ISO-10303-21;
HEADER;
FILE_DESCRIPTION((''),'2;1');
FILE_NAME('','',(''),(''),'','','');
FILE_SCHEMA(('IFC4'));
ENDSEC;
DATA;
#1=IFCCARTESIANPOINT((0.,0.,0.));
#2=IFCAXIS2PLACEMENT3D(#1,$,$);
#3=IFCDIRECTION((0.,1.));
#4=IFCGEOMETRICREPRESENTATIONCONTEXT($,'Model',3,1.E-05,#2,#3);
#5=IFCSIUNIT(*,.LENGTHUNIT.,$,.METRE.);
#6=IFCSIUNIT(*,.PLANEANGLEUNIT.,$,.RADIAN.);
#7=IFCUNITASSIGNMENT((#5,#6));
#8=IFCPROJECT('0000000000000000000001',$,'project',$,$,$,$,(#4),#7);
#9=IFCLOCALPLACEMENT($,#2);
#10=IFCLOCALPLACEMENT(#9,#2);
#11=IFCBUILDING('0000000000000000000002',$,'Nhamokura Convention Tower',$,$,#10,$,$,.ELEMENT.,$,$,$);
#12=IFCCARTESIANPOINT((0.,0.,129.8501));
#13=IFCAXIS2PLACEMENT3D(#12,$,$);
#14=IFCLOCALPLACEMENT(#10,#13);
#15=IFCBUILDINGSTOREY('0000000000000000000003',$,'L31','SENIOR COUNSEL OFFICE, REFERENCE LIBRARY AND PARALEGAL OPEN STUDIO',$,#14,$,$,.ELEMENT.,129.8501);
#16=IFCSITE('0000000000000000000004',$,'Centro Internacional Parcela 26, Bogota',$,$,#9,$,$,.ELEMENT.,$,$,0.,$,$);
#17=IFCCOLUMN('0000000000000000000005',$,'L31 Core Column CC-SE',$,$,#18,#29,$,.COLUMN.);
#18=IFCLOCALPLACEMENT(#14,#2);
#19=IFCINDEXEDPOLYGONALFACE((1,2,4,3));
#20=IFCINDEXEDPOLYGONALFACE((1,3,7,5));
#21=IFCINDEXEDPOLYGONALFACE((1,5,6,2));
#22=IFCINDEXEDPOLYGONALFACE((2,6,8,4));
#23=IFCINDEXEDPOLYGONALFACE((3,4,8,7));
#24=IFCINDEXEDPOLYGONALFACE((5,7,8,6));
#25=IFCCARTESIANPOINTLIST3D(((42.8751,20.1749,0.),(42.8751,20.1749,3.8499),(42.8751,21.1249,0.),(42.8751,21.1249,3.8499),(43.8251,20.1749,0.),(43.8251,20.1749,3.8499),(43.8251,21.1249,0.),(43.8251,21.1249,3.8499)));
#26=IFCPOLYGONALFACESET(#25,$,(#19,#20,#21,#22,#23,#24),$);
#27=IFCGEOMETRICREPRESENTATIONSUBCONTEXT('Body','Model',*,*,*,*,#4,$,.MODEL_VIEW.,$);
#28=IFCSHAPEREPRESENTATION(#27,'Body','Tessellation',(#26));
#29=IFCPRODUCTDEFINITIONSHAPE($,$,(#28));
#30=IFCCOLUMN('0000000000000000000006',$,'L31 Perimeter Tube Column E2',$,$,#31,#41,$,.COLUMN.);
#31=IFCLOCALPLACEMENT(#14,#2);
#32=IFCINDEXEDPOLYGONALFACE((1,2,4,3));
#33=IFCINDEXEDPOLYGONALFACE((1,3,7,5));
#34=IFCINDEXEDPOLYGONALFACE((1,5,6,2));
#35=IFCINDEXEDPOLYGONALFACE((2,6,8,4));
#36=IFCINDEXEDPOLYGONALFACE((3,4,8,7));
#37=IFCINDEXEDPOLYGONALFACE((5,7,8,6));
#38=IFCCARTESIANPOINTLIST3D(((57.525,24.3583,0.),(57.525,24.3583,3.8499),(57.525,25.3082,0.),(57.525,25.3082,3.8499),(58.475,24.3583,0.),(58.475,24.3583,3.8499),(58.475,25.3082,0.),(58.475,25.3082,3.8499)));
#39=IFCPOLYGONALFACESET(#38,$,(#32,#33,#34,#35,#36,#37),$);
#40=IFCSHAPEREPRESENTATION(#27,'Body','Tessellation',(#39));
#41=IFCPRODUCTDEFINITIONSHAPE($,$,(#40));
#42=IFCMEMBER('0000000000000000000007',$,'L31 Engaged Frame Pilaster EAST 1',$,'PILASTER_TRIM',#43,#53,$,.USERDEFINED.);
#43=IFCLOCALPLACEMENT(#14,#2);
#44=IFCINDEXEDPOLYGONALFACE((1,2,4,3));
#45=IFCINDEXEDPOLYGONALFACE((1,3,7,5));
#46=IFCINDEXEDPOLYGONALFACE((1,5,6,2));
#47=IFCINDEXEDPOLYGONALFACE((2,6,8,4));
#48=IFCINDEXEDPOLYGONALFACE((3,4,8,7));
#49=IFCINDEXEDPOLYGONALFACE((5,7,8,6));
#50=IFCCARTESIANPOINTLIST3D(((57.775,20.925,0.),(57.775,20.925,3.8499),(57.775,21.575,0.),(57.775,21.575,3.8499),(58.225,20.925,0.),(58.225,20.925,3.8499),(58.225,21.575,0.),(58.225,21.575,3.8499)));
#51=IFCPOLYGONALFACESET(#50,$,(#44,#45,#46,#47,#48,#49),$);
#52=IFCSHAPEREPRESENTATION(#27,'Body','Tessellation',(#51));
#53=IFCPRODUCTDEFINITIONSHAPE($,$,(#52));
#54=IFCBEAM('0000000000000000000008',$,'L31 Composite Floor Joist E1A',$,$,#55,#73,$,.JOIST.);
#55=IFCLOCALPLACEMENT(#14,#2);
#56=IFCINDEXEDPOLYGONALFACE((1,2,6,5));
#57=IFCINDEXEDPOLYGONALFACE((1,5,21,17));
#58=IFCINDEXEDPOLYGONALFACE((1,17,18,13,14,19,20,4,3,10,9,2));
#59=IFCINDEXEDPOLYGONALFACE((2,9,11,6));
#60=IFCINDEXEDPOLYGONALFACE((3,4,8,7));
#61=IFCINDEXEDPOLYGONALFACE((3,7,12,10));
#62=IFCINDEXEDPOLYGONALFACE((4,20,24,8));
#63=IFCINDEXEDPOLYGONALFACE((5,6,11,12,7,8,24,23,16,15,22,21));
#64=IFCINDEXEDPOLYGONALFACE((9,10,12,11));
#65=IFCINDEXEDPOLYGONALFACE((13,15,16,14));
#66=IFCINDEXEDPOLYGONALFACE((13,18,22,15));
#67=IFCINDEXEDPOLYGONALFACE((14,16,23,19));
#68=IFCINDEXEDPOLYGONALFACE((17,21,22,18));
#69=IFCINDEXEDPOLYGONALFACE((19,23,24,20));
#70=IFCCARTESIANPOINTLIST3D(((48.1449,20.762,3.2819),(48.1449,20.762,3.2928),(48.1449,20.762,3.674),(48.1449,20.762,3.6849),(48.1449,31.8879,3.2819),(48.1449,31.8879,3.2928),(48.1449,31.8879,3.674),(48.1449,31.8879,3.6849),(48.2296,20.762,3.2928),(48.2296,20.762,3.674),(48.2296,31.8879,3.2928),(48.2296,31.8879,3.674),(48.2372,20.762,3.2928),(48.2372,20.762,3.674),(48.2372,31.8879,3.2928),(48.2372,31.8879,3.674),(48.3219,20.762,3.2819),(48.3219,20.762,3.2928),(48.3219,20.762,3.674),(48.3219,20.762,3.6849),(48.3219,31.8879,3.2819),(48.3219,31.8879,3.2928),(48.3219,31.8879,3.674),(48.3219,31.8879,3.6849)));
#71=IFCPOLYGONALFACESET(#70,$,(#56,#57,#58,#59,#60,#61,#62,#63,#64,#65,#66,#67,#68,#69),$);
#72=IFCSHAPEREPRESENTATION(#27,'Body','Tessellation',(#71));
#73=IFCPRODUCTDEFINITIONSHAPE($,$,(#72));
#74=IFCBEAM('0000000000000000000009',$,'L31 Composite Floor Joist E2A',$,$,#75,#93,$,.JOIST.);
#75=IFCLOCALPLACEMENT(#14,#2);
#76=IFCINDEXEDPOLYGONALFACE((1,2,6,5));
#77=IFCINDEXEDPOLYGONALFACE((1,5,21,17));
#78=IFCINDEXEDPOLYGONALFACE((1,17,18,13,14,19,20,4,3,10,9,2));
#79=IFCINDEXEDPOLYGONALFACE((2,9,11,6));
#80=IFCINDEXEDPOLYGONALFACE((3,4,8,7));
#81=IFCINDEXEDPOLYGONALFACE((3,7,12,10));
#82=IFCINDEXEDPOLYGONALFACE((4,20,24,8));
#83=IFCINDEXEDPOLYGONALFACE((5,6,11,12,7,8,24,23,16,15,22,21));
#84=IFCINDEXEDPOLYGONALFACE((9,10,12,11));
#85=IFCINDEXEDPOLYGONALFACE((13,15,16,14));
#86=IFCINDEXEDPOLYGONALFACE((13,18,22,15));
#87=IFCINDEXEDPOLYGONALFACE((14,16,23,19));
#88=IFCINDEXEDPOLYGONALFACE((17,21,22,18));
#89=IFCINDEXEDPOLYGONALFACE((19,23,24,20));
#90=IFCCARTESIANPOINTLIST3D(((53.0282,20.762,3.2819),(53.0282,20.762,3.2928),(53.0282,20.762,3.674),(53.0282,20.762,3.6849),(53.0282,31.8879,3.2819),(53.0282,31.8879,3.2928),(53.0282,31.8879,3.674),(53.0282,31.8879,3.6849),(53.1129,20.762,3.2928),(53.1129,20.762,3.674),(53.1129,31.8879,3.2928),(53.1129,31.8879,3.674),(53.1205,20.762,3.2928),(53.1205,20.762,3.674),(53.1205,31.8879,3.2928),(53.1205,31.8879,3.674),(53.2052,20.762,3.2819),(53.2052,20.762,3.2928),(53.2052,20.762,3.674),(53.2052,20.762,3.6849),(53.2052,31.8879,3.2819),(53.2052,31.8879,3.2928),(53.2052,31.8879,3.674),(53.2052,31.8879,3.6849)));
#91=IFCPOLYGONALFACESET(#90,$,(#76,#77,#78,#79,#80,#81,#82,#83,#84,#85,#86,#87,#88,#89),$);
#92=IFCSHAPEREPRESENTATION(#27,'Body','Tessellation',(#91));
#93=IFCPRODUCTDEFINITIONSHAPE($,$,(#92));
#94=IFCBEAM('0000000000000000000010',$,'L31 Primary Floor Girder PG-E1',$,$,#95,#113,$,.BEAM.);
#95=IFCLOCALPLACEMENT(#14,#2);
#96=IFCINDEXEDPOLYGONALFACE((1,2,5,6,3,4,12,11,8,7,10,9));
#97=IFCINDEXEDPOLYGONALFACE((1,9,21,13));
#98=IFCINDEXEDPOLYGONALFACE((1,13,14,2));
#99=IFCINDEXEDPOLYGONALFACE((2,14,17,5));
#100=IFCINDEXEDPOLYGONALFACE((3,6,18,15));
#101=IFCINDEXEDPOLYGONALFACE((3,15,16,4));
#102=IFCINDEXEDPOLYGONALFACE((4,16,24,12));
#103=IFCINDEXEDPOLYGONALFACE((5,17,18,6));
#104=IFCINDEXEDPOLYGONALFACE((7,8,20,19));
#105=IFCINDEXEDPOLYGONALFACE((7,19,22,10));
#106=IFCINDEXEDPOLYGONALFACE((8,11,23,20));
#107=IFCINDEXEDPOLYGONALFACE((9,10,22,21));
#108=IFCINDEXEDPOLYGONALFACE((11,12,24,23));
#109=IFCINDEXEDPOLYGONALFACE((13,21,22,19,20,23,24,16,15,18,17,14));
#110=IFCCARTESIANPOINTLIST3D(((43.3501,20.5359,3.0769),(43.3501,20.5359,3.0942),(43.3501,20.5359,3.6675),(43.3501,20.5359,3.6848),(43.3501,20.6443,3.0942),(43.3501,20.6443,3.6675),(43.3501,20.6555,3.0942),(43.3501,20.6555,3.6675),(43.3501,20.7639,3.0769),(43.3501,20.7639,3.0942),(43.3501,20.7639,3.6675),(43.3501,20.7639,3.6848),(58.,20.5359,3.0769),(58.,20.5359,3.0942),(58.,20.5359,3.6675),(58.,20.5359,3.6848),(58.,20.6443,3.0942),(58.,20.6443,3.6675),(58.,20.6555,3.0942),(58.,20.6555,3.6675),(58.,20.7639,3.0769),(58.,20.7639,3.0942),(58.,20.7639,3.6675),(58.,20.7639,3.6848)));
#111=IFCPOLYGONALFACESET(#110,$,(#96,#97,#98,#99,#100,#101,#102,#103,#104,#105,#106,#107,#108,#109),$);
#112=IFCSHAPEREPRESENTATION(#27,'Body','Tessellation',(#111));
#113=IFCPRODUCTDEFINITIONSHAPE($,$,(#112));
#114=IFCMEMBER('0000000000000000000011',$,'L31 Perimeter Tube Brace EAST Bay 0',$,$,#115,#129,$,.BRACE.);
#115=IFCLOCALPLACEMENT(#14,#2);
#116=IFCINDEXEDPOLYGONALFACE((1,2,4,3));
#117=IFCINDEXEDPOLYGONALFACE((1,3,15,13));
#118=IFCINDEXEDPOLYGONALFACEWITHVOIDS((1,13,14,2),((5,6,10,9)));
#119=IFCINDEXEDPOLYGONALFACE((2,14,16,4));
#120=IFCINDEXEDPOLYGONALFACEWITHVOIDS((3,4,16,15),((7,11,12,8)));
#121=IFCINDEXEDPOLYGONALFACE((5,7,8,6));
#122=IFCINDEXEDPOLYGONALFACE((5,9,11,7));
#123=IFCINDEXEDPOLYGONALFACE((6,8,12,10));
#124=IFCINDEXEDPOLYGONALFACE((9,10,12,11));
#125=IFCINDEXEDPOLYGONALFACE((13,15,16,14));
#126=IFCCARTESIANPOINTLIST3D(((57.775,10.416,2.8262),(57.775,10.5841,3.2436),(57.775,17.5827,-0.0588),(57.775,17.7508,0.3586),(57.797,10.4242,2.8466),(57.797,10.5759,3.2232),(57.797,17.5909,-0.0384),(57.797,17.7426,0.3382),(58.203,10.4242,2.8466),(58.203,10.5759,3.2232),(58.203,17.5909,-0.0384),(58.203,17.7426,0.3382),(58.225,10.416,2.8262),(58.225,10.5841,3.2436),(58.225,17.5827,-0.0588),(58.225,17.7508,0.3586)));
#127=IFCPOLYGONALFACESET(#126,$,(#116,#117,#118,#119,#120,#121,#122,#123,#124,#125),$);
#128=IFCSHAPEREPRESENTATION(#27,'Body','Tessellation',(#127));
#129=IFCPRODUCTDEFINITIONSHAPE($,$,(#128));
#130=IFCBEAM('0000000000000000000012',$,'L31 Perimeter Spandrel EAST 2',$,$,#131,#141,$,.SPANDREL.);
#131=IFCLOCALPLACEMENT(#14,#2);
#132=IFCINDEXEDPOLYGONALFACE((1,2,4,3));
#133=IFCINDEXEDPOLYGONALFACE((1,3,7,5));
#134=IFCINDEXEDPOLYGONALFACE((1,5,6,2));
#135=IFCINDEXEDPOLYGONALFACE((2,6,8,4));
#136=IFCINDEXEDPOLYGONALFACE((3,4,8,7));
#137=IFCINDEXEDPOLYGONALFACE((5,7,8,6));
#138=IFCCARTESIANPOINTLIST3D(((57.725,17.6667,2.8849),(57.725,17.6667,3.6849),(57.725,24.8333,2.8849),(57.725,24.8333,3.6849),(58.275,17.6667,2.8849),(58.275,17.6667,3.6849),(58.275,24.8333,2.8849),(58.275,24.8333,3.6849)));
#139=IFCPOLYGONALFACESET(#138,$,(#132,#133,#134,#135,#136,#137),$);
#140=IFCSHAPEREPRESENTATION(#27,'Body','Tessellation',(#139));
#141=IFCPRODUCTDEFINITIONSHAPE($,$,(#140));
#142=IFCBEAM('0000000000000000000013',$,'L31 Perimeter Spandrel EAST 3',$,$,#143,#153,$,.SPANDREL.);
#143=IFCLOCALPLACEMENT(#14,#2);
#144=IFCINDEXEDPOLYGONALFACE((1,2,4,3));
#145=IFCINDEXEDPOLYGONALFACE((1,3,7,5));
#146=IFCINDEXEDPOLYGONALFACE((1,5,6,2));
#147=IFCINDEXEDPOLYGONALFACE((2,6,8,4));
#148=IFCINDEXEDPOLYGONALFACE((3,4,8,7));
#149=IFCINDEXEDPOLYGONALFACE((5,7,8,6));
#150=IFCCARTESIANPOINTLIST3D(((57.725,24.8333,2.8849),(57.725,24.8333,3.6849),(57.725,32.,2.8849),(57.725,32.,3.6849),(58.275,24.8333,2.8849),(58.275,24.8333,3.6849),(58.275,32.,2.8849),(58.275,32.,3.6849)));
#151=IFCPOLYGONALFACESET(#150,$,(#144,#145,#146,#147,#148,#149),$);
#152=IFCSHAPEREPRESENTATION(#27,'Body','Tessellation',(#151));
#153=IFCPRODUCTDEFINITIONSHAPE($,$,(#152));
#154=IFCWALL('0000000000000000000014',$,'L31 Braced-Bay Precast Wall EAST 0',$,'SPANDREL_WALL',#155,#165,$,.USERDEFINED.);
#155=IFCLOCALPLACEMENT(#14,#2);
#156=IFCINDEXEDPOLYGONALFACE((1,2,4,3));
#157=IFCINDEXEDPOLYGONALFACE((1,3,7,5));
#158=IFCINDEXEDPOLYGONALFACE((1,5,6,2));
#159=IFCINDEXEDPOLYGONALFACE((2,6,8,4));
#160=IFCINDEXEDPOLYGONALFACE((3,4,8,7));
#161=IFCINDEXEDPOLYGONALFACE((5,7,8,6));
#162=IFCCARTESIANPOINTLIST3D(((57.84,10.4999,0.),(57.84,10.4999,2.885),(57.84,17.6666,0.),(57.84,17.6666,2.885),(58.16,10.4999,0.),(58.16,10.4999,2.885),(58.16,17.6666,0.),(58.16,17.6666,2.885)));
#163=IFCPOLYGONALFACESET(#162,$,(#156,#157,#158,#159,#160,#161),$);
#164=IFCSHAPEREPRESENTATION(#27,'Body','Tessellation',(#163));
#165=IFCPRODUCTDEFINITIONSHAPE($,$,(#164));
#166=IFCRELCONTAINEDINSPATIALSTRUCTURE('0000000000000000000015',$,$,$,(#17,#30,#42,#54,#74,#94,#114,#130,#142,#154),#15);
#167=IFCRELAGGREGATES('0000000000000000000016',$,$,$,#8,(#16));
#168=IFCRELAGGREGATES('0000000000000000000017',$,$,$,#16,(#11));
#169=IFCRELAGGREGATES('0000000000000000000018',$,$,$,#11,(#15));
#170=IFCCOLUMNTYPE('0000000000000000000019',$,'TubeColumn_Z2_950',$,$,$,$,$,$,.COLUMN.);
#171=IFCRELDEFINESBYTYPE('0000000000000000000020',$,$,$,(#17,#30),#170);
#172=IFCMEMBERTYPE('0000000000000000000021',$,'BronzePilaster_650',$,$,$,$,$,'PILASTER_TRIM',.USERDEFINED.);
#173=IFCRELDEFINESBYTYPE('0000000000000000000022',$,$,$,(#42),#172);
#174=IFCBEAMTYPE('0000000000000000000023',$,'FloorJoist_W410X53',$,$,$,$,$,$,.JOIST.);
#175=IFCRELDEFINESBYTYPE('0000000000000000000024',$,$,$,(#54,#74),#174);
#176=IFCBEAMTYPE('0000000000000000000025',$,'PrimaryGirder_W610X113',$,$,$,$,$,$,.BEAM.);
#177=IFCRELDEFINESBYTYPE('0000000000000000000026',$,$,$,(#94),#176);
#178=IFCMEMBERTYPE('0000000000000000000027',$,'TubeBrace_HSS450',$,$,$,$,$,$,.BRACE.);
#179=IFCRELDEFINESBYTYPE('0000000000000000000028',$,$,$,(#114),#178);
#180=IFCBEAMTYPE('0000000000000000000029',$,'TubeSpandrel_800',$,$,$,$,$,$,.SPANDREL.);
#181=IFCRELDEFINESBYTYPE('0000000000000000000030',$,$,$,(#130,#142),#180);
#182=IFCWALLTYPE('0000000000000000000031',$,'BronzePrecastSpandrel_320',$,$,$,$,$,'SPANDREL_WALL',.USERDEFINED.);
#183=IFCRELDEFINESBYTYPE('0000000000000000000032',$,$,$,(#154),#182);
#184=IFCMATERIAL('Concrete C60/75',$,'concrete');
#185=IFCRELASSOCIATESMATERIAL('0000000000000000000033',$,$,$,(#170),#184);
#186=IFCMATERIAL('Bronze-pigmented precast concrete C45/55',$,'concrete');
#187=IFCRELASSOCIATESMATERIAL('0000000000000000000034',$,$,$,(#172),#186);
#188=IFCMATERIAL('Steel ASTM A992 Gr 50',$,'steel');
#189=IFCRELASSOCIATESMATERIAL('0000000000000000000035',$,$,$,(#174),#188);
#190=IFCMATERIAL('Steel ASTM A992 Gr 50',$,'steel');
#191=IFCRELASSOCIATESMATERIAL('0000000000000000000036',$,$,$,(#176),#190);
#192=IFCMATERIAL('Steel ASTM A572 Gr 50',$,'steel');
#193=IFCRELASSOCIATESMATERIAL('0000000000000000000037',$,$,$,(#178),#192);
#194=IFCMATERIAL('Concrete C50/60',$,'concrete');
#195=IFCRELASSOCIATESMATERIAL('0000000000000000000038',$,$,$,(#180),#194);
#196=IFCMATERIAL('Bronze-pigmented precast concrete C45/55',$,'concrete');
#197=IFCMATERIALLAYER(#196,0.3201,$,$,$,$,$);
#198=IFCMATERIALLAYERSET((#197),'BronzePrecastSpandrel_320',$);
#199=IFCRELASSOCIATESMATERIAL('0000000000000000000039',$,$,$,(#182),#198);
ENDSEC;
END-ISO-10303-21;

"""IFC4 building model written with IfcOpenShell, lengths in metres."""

from ifc_helpers import new_model, si_unit, direction, frame, frame_2d, origin, origin_2d, place, context, subcontext, project, spatial, rectangle, hollow_rectangle, i_section, extrude, material, layer, layer_set, material_profile, profile_set, type_object, element, save


model = new_model("IFC4")

# Units and contexts
model_context = context("Model", 3, precision=1e-05, world=origin(), true_north=direction((0.0, 1.0)))
body_context = subcontext(model_context, "Body", "Model", "MODEL_VIEW")
ifc_project = project(units=[si_unit("LENGTHUNIT", "METRE"), si_unit("PLANEANGLEUNIT", "RADIAN")], contexts=[model_context])

# Site, building, storey
site_placement = place(None, origin())
site = spatial("IfcSite", under=ifc_project, at=site_placement, Name="Centro Internacional Parcela 26, Bogota", CompositionType="ELEMENT", RefElevation=0.0)
building_placement = place(site_placement, origin())
building = spatial("IfcBuilding", under=site, at=building_placement, Name="Nhamokura Convention Tower", CompositionType="ELEMENT")
storey_placement = place(building_placement, frame((0.0, 0.0, 129.8501)))
storey = spatial("IfcBuildingStorey", under=building, at=storey_placement, Name="L31", Description="SENIOR COUNSEL OFFICE, REFERENCE LIBRARY AND PARALEGAL OPEN STUDIO", CompositionType="ELEMENT", Elevation=129.8501)

# Columns
ifc_material_1 = material(Name="Concrete C60/75", Category="concrete")
ifc_material_profile_1 = material_profile(ifc_material_1, rectangle(XDim=0.95, YDim=0.95, at=origin_2d()))
ifc_profile_set_1 = profile_set([ifc_material_profile_1], Name="Concrete C60/75")
column_type = type_object("IfcColumnType", Name="TubeColumn_Z2_950", PredefinedType="COLUMN", material=ifc_profile_set_1)
for number, where, z_axis, x_axis, name in (
    (1, (43.3501, 20.6499, 0.0), (0.0, 0.0, 1.0), (1.0, 0.0, 0.0), "L31 Core Column CC-SE"),
    (2, (58.0, 24.8333, 0.0), (0.0, 0.0, 1.0), (1.0, 0.0, 0.0), "L31 Perimeter Tube Column E2"),
):
    element("IfcColumn", number, at=place(storey_placement, frame(where, z_axis=z_axis, x_axis=x_axis)), inside=storey, type_object=column_type, Name=name, PredefinedType="COLUMN", context=body_context, shape_type="SweptSolid", body=[
        extrude(rectangle(XDim=0.95, YDim=0.95, at=origin_2d()), origin(), (0.0, 0.0, 1.0), 3.8499),
    ])

# Member
ifc_material_2 = material(Name="Bronze-pigmented precast concrete C45/55", Category="concrete")
ifc_material_profile_2 = material_profile(ifc_material_2, rectangle(XDim=0.45, YDim=0.6499, at=origin_2d()))
ifc_profile_set_2 = profile_set([ifc_material_profile_2], Name="Bronze-pigmented precast concrete C45/55")
member_type_1 = type_object("IfcMemberType", Name="BronzePilaster_650", ElementType="PILASTER_TRIM", PredefinedType="USERDEFINED", material=ifc_profile_set_2)
member_1_placement = place(storey_placement, frame((58.0, 21.25, 0.0), z_axis=(0.0, 0.0, 1.0), x_axis=(1.0, 0.0, 0.0)))
element("IfcMember", 3, at=member_1_placement, inside=storey, type_object=member_type_1, Name="L31 Engaged Frame Pilaster EAST 1", ObjectType="PILASTER_TRIM", PredefinedType="USERDEFINED", context=body_context, shape_type="SweptSolid", body=[
    extrude(rectangle(XDim=0.45, YDim=0.6499, at=origin_2d()), origin(), (0.0, 0.0, 1.0), 3.8499),
])

# Beams
ifc_material_3 = material(Name="Steel ASTM A992 Gr 50", Category="steel")
ifc_material_profile_3 = material_profile(ifc_material_3, i_section(OverallWidth=0.177, OverallDepth=0.4031, WebThickness=0.0076, FlangeThickness=0.011, at=origin_2d()))
ifc_profile_set_3 = profile_set([ifc_material_profile_3], Name="Steel ASTM A992 Gr 50")
beam_type_1 = type_object("IfcBeamType", Name="FloorJoist_W410X53", PredefinedType="JOIST", material=ifc_profile_set_3)
for number, where, z_axis, x_axis, name in (
    (4, (48.2334, 20.762, 3.4834), (0.0, 1.0, 0.0), (-1.0, 0.0, 0.0), "L31 Composite Floor Joist E1A"),
    (5, (53.1167, 20.762, 3.4834), (0.0, 1.0, 0.0), (-1.0, 0.0, 0.0), "L31 Composite Floor Joist E2A"),
):
    element("IfcBeam", number, at=place(storey_placement, frame(where, z_axis=z_axis, x_axis=x_axis)), inside=storey, type_object=beam_type_1, Name=name, PredefinedType="JOIST", context=body_context, shape_type="SweptSolid", body=[
        extrude(i_section(OverallWidth=0.177, OverallDepth=0.4031, WebThickness=0.0076, FlangeThickness=0.011, at=origin_2d()), origin(), (0.0, 0.0, 1.0), 11.126),
    ])
ifc_material_4 = material(Name="Steel ASTM A992 Gr 50", Category="steel")
ifc_material_profile_4 = material_profile(ifc_material_4, i_section(OverallWidth=0.228, OverallDepth=0.6079, WebThickness=0.0112, FlangeThickness=0.0173, at=origin_2d()))
ifc_profile_set_4 = profile_set([ifc_material_profile_4], Name="Steel ASTM A992 Gr 50")
beam_type_2 = type_object("IfcBeamType", Name="PrimaryGirder_W610X113", PredefinedType="BEAM", material=ifc_profile_set_4)
beam_1_placement = place(storey_placement, frame((43.3501, 20.6499, 3.3809), z_axis=(1.0, 0.0, 0.0), x_axis=(0.0, 1.0, 0.0)))
element("IfcBeam", 6, at=beam_1_placement, inside=storey, type_object=beam_type_2, Name="L31 Primary Floor Girder PG-E1", PredefinedType="BEAM", context=body_context, shape_type="SweptSolid", body=[
    extrude(i_section(OverallWidth=0.228, OverallDepth=0.6079, WebThickness=0.0112, FlangeThickness=0.0173, at=origin_2d()), origin(), (0.0, 0.0, 1.0), 14.6499),
])

# Member
ifc_material_5 = material(Name="Steel ASTM A572 Gr 50", Category="steel")
ifc_material_profile_5 = material_profile(ifc_material_5, hollow_rectangle(XDim=0.45, YDim=0.45, WallThickness=0.022, at=origin_2d()))
ifc_profile_set_5 = profile_set([ifc_material_profile_5], Name="Steel ASTM A572 Gr 50")
member_type_2 = type_object("IfcMemberType", Name="TubeBrace_HSS450", PredefinedType="BRACE", material=ifc_profile_set_5)
member_2_placement = place(storey_placement, frame((58.0, 17.6667, 0.1499), z_axis=(0.0, -0.927657, 0.373433), x_axis=(1.0, 0.0, 0.0)))
element("IfcMember", 7, at=member_2_placement, inside=storey, type_object=member_type_2, Name="L31 Perimeter Tube Brace EAST Bay 0", PredefinedType="BRACE", context=body_context, shape_type="SweptSolid", body=[
    extrude(hollow_rectangle(XDim=0.45, YDim=0.45, WallThickness=0.022, at=origin_2d()), origin(), (0.0, 0.0, 1.0), 7.7256),
])

# Beams
ifc_material_6 = material(Name="Concrete C50/60", Category="concrete")
ifc_material_profile_6 = material_profile(ifc_material_6, rectangle(XDim=0.55, YDim=0.8, at=origin_2d()))
ifc_profile_set_6 = profile_set([ifc_material_profile_6], Name="Concrete C50/60")
beam_type_3 = type_object("IfcBeamType", Name="TubeSpandrel_800", PredefinedType="SPANDREL", material=ifc_profile_set_6)
beam_2_placement = place(storey_placement, frame((58.0, 17.6667, 3.2849), z_axis=(0.0, 1.0, 0.0), x_axis=(-1.0, 0.0, 0.0)))
element("IfcBeam", 8, at=beam_2_placement, inside=storey, type_object=beam_type_3, Name="L31 Perimeter Spandrel EAST 2", PredefinedType="SPANDREL", context=body_context, shape_type="SweptSolid", body=[
    extrude(rectangle(XDim=0.55, YDim=0.8, at=origin_2d()), origin(), (0.0, 0.0, 1.0), 7.1665),
])
beam_3_placement = place(storey_placement, frame((58.0, 24.8333, 3.2849), z_axis=(0.0, 1.0, 0.0), x_axis=(-1.0, 0.0, 0.0)))
element("IfcBeam", 9, at=beam_3_placement, inside=storey, type_object=beam_type_3, Name="L31 Perimeter Spandrel EAST 3", PredefinedType="SPANDREL", context=body_context, shape_type="SweptSolid", body=[
    extrude(rectangle(XDim=0.55, YDim=0.8, at=origin_2d()), origin(), (0.0, 0.0, 1.0), 7.1667),
])

# Wall
ifc_material_7 = material(Name="Bronze-pigmented precast concrete C45/55", Category="concrete")
ifc_layer_1 = layer(ifc_material_7, 0.3201)
ifc_layer_set_1 = layer_set([ifc_layer_1], Name="BronzePrecastSpandrel_320")
wall_type_1 = type_object("IfcWallType", Name="BronzePrecastSpandrel_320", ElementType="SPANDREL_WALL", PredefinedType="USERDEFINED", material=ifc_layer_set_1)
wall_1_placement = place(storey_placement, frame((58.0, 17.6667, 0.0), z_axis=(0.0, 0.0, 1.0), x_axis=(0.0, -1.0, 0.0)))
element("IfcWall", 10, at=wall_1_placement, inside=storey, type_object=wall_type_1, Name="L31 Braced-Bay Precast Wall EAST 0", ObjectType="SPANDREL_WALL", PredefinedType="USERDEFINED", context=body_context, shape_type="SweptSolid", body=[
    extrude(rectangle(XDim=7.1667, YDim=0.3201, at=frame_2d((3.5835, 0.0))), origin(), (0.0, 0.0, 1.0), 2.885),
])

save(model, "model.ifc")
